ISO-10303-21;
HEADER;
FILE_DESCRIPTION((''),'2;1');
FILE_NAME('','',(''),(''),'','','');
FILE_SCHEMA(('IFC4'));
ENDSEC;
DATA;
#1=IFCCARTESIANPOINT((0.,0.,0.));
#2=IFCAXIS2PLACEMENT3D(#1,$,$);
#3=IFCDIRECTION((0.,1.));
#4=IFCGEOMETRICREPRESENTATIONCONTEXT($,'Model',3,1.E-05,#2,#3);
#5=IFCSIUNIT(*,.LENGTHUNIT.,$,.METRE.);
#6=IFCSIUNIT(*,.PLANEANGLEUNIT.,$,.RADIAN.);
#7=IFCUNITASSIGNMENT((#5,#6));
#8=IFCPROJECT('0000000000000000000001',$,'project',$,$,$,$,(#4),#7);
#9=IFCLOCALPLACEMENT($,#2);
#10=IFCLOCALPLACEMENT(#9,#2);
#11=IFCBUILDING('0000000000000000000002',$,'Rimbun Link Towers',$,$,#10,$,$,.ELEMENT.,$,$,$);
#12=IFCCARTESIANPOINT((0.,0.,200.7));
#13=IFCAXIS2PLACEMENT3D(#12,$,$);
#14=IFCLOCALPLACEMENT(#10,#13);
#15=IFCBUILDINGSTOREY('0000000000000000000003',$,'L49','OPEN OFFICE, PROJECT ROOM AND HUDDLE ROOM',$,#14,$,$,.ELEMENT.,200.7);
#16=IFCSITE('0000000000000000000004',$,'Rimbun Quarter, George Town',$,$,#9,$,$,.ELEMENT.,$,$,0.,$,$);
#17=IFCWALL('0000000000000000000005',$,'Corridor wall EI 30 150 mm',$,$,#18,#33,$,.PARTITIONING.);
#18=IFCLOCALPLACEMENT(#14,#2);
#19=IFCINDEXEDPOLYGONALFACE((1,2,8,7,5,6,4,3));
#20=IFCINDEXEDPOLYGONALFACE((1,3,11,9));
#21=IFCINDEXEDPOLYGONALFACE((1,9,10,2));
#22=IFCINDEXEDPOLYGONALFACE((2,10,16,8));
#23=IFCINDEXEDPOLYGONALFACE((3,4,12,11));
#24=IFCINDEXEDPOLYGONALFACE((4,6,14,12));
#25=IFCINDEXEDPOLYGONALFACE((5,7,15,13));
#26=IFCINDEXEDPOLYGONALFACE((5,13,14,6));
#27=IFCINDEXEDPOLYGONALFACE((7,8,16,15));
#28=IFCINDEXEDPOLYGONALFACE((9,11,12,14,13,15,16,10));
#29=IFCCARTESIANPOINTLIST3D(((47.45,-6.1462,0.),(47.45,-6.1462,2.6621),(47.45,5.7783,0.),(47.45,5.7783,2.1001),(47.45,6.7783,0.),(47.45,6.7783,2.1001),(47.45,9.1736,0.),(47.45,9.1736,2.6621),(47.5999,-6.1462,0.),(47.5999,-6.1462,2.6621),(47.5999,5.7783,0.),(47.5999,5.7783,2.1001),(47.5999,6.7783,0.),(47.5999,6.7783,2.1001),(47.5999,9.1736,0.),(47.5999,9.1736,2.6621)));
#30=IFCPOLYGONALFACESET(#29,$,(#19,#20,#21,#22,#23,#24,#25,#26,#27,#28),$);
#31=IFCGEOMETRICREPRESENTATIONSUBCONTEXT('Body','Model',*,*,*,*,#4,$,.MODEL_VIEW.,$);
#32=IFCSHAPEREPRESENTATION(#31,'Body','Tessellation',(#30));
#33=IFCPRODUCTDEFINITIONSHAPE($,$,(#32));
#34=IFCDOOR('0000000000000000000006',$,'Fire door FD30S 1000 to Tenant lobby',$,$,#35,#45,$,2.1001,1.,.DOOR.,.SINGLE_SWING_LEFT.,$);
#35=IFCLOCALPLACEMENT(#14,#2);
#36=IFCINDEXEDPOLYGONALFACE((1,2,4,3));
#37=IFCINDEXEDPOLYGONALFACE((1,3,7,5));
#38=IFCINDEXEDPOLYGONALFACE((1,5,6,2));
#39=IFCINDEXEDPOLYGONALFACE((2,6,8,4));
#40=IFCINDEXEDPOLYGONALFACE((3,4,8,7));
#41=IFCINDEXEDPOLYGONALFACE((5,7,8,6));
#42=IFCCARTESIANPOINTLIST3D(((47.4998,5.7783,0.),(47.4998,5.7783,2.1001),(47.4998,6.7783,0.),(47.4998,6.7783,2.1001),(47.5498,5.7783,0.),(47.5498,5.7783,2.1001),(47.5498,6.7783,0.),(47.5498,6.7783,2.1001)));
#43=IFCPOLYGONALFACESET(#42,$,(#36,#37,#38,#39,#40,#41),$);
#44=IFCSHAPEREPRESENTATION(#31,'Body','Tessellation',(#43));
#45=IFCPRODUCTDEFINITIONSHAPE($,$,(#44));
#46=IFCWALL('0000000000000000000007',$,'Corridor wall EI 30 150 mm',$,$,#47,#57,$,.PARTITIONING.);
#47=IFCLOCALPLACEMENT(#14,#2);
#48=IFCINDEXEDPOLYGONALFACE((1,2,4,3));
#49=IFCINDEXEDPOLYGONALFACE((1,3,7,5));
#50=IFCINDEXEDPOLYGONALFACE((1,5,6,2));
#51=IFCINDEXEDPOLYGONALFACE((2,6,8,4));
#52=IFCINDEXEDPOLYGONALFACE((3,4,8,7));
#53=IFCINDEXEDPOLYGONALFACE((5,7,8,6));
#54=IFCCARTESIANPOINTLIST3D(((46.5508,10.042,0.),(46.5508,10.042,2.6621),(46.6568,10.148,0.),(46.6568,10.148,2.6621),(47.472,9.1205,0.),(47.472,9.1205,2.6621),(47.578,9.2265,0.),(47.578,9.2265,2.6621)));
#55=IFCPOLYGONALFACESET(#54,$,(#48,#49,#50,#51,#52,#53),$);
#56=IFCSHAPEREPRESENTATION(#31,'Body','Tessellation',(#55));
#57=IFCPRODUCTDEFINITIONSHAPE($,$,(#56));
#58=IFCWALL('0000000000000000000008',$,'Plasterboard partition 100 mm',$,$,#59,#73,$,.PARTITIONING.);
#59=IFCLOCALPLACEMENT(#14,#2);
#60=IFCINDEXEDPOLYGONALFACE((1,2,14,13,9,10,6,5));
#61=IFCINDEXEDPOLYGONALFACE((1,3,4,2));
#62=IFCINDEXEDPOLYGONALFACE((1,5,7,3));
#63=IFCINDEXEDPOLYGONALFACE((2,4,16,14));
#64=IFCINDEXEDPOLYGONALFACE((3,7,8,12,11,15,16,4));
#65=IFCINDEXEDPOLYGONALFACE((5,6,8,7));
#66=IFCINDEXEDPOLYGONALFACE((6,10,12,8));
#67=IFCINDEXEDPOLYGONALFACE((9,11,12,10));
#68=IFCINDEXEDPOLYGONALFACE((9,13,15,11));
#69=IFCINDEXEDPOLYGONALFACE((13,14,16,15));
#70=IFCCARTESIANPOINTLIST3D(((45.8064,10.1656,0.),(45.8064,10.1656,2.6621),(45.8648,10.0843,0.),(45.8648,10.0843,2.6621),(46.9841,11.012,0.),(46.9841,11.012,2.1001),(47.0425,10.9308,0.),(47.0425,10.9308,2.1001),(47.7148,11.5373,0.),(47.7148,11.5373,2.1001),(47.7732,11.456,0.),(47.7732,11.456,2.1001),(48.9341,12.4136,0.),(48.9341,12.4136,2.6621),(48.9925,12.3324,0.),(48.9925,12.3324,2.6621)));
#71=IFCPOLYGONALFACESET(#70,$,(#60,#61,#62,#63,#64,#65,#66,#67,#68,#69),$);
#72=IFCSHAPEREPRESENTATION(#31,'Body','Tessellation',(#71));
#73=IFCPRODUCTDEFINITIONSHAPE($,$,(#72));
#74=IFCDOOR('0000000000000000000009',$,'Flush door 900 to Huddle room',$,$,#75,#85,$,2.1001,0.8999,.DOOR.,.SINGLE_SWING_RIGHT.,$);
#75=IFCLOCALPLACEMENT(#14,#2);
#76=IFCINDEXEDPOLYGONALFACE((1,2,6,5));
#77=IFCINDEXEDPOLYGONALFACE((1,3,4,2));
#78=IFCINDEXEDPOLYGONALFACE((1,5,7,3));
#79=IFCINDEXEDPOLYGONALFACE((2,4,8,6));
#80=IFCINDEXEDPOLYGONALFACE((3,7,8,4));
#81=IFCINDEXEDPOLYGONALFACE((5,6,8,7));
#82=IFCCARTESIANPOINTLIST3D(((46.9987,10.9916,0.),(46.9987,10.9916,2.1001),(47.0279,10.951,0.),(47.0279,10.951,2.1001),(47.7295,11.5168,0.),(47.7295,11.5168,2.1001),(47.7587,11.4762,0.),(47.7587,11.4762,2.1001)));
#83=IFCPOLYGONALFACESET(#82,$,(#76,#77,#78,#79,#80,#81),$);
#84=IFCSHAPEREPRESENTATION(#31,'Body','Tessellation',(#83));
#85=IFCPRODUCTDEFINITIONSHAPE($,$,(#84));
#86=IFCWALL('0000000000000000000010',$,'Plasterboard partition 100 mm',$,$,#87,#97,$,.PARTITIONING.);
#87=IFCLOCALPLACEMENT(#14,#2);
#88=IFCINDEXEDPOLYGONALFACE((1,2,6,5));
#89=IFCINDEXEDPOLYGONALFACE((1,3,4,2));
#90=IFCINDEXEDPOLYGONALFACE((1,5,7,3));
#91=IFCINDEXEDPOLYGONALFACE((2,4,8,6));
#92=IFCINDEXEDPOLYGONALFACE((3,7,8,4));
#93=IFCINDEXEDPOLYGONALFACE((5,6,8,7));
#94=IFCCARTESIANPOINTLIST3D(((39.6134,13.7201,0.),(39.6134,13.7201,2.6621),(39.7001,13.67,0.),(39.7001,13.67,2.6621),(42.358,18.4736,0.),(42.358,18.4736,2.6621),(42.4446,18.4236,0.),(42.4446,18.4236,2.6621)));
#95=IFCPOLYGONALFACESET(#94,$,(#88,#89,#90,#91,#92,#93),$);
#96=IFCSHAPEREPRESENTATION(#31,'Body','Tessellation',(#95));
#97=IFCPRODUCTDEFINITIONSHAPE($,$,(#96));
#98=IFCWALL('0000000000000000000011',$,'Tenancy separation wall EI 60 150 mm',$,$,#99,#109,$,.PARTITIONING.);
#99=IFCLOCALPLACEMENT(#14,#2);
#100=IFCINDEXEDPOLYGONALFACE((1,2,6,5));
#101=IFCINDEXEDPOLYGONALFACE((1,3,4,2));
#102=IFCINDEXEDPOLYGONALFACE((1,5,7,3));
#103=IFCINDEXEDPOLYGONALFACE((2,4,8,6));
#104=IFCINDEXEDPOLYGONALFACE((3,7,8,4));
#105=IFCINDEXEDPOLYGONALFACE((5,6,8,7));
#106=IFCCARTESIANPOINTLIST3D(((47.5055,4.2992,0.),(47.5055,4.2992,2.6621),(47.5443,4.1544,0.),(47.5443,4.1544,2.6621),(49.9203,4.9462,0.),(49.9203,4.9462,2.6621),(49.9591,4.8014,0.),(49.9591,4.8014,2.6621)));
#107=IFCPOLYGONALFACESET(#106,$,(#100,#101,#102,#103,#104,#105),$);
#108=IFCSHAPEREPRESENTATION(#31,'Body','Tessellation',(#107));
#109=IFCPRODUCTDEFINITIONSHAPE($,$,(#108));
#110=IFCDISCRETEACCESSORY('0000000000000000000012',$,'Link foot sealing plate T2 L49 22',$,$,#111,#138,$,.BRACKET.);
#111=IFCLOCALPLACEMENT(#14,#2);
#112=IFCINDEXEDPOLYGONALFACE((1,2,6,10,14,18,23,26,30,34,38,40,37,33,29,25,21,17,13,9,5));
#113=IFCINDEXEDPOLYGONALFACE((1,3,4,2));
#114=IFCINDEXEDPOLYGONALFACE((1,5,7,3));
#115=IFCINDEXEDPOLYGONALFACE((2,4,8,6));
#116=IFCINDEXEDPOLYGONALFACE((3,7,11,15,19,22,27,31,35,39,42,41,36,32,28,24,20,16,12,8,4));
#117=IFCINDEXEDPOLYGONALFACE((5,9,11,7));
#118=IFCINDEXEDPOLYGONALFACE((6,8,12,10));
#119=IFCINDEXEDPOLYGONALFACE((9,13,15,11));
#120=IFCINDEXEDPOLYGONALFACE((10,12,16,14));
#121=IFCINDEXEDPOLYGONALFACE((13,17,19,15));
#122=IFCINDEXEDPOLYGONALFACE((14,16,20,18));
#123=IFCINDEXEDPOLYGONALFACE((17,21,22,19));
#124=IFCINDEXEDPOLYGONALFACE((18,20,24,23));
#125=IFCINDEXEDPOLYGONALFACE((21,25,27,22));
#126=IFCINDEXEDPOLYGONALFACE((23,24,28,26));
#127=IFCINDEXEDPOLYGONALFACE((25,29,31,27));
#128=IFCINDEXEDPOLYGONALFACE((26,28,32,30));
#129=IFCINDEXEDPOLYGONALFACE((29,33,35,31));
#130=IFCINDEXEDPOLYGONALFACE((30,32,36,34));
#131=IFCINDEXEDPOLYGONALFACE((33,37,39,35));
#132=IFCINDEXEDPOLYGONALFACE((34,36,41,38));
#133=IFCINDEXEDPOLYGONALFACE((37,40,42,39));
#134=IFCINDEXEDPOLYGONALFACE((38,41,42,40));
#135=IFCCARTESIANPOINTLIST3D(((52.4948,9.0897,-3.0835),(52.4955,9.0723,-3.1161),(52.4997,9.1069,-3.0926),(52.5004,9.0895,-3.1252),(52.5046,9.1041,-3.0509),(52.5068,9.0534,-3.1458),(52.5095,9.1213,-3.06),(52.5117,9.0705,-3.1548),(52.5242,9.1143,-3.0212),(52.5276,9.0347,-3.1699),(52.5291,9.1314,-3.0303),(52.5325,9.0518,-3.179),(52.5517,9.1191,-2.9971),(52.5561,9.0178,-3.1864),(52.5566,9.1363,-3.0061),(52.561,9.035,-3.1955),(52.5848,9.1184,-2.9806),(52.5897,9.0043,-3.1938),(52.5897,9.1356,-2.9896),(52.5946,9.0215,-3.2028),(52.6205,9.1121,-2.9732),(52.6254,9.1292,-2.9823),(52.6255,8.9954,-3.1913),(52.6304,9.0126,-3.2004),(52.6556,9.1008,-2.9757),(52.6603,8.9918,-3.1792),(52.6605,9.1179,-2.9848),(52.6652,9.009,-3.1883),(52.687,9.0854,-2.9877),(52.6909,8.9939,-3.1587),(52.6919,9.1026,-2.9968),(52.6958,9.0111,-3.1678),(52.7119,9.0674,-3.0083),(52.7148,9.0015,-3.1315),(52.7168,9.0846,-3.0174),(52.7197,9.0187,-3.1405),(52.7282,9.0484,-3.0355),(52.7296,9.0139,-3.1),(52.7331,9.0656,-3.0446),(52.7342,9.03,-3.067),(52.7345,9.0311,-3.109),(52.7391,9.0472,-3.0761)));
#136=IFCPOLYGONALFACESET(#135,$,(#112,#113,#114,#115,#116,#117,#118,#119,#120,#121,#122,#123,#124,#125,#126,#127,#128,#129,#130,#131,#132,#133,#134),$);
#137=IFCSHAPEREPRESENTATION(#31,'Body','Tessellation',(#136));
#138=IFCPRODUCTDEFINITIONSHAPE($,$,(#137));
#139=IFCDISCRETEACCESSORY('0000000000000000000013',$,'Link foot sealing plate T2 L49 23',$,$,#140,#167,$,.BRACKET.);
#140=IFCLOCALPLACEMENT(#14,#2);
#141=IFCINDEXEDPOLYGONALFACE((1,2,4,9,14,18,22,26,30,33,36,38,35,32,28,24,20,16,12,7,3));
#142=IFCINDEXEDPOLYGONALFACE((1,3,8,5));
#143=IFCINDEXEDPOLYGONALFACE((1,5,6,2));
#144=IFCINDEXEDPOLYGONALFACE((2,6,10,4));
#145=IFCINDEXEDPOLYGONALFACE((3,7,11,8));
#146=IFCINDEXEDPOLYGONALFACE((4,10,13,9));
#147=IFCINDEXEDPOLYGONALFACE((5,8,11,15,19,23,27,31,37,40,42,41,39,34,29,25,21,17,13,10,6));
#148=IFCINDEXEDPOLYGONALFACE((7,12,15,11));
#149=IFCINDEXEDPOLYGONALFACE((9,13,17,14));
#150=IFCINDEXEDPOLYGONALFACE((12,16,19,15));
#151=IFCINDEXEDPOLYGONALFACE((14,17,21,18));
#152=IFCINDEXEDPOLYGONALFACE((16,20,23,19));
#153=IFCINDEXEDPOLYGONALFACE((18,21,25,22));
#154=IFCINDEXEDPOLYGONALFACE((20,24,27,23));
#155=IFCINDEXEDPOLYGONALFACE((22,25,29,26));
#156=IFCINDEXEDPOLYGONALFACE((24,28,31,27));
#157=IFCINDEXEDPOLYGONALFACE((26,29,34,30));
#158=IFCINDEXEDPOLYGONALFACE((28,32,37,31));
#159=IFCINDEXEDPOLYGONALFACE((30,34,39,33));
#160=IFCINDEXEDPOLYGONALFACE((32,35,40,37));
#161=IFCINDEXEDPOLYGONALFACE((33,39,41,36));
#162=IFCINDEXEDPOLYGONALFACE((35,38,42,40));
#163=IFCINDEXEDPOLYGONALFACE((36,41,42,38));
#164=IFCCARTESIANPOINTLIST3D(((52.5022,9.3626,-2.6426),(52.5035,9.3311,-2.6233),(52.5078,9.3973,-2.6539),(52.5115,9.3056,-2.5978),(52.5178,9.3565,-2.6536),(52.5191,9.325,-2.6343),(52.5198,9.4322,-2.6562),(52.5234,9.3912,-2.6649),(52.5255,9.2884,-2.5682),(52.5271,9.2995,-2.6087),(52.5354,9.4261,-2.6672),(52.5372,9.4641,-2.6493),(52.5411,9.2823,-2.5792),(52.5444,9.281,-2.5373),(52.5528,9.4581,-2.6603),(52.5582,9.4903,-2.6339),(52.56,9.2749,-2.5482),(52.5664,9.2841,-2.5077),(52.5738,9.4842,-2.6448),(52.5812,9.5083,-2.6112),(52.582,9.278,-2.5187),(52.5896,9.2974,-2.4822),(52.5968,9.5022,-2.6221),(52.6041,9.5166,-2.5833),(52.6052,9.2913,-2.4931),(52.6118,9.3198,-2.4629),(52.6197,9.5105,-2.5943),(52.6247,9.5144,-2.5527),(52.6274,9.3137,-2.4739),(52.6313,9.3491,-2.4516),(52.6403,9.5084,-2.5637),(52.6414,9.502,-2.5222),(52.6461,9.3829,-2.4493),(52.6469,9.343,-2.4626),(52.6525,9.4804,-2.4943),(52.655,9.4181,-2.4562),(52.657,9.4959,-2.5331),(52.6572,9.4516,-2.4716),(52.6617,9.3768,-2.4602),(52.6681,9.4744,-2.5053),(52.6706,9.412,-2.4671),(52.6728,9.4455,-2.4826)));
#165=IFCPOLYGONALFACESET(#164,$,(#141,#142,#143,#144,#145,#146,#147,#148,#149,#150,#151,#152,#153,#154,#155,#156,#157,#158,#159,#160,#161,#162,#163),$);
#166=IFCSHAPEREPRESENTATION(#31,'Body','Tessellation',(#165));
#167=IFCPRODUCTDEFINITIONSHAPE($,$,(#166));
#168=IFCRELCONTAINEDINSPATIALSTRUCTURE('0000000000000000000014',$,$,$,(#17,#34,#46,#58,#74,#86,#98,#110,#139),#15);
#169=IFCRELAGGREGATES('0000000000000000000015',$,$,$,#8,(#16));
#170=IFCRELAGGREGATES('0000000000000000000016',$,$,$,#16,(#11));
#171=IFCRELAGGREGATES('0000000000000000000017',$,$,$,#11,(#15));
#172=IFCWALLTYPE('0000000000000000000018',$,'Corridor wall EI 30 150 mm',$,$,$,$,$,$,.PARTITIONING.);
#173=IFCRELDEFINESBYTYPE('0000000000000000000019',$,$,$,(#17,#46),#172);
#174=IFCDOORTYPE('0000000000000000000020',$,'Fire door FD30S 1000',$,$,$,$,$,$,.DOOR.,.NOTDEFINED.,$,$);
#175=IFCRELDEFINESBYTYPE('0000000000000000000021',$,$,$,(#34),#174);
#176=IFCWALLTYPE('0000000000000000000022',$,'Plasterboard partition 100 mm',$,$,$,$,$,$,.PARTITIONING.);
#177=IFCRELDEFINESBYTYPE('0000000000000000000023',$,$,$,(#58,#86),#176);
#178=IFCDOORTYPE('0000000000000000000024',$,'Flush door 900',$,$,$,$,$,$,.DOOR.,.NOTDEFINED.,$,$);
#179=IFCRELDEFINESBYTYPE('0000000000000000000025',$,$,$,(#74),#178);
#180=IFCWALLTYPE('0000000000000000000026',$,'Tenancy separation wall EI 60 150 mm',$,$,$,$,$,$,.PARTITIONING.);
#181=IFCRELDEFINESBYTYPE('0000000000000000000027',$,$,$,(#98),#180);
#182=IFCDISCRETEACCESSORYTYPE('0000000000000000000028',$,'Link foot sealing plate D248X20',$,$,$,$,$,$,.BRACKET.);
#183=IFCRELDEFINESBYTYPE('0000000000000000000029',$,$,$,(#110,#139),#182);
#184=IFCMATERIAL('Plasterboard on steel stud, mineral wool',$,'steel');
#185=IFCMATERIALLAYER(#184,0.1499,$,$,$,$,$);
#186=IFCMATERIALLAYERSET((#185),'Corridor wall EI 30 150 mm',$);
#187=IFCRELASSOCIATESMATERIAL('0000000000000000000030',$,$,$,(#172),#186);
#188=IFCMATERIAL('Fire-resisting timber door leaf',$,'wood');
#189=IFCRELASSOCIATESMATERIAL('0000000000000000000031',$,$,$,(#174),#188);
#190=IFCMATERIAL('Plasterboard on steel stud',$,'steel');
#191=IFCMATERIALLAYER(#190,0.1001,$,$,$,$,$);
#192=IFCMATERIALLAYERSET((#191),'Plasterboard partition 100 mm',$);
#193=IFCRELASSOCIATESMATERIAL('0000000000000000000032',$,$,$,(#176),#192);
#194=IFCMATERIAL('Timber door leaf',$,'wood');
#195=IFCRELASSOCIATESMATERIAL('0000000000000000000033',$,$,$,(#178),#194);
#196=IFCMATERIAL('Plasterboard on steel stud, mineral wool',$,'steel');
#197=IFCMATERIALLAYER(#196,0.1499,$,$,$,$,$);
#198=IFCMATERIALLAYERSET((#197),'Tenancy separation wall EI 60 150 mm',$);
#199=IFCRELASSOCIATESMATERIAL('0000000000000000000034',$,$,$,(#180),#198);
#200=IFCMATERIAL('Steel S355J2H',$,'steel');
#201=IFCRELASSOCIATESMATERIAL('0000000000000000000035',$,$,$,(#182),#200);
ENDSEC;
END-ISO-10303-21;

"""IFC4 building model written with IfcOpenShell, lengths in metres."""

from ifc_helpers import new_model, si_unit, direction, frame, frame_2d, origin, origin_2d, place, context, subcontext, project, spatial, rectangle, circle, extrude, material, layer, layer_set, material_profile, profile_set, type_object, element, fill, save


model = new_model("IFC4")

# Units and contexts
model_context = context("Model", 3, precision=1e-05, world=origin(), true_north=direction((0.0, 1.0)))
body_context = subcontext(model_context, "Body", "Model", "MODEL_VIEW")
ifc_project = project(units=[si_unit("LENGTHUNIT", "METRE"), si_unit("PLANEANGLEUNIT", "RADIAN")], contexts=[model_context])

# Site, building, storey
site_placement = place(None, origin())
site = spatial("IfcSite", under=ifc_project, at=site_placement, Name="Rimbun Quarter, George Town", CompositionType="ELEMENT", RefElevation=0.0)
building_placement = place(site_placement, origin())
building = spatial("IfcBuilding", under=site, at=building_placement, Name="Rimbun Link Towers", CompositionType="ELEMENT")
storey_placement = place(building_placement, frame((0.0, 0.0, 200.7)))
storey = spatial("IfcBuildingStorey", under=building, at=storey_placement, Name="L49", Description="OPEN OFFICE, PROJECT ROOM AND HUDDLE ROOM", CompositionType="ELEMENT", Elevation=200.7)

# Wall, opening, door
ifc_material_1 = material(Name="Plasterboard on steel stud, mineral wool", Category="steel")
ifc_layer_1 = layer(ifc_material_1, 0.1499)
ifc_layer_set_1 = layer_set([ifc_layer_1], Name="Corridor wall EI 30 150 mm")
wall_type_1 = type_object("IfcWallType", Name="Corridor wall EI 30 150 mm", PredefinedType="PARTITIONING", material=ifc_layer_set_1)
wall_1_placement = place(storey_placement, frame((47.5249, 9.1736, 0.0), z_axis=(0.0, 0.0, 1.0), x_axis=(0.0, -1.0, 0.0)))
wall_1 = element("IfcWall", 1, at=wall_1_placement, inside=storey, type_object=wall_type_1, Name="Corridor wall EI 30 150 mm", PredefinedType="PARTITIONING", context=body_context, shape_type="SweptSolid", body=[
    extrude(rectangle(XDim=15.3198, YDim=0.1499, at=frame_2d((7.6599, 0.0))), origin(), (0.0, 0.0, 1.0), 2.6621),
])
opening_1_placement = place(wall_1_placement, frame((2.3953, 0.0, 0.0)))
opening_1 = element("IfcOpeningElement", 2, at=opening_1_placement, cuts=wall_1, PredefinedType="OPENING", context=body_context, shape_type="SweptSolid", body=[
    extrude(rectangle(XDim=1.0, YDim=2.1001, at=frame_2d((0.5, 1.05))), frame((0.0, 0.085, 0.0), z_axis=(0.0, -1.0, 0.0), x_axis=(1.0, 0.0, 0.0)), (0.0, 0.0, 1.0), 0.1699),
])
ifc_material_2 = material(Name="Fire-resisting timber door leaf", Category="wood")
door_type_1 = type_object("IfcDoorType", Name="Fire door FD30S 1000", OperationType="NOTDEFINED", PredefinedType="DOOR", material=ifc_material_2)
door_1_placement = place(opening_1_placement, origin())
door_1 = element("IfcDoor", 3, at=door_1_placement, inside=storey, type_object=door_type_1, Name="Fire door FD30S 1000 to Tenant lobby", OperationType="SINGLE_SWING_LEFT", OverallHeight=2.1001, OverallWidth=1.0, PredefinedType="DOOR", context=body_context, shape_type="SweptSolid", body=[
    extrude(rectangle(XDim=1.0, YDim=2.1001, at=frame_2d((0.5, 1.05))), frame((0.0, 0.0249, 0.0), z_axis=(0.0, -1.0, 0.0), x_axis=(1.0, 0.0, 0.0)), (0.0, 0.0, 1.0), 0.05),
])
fill(opening_1, door_1)

# Wall
wall_2_placement = place(storey_placement, frame((47.5249, 9.1736, 0.0), z_axis=(0.0, 0.0, 1.0), x_axis=(-0.707013, 0.7072, 0.0)))
element("IfcWall", 4, at=wall_2_placement, inside=storey, type_object=wall_type_1, Name="Corridor wall EI 30 150 mm", PredefinedType="PARTITIONING", context=body_context, shape_type="SweptSolid", body=[
    extrude(rectangle(XDim=1.303, YDim=0.1499, at=frame_2d((0.6514, 0.0))), origin(), (0.0, 0.0, 1.0), 2.6621),
])

# Wall, opening, door
ifc_material_3 = material(Name="Plasterboard on steel stud", Category="steel")
ifc_layer_2 = layer(ifc_material_3, 0.1001)
ifc_layer_set_2 = layer_set([ifc_layer_2], Name="Plasterboard partition 100 mm")
wall_type_2 = type_object("IfcWallType", Name="Plasterboard partition 100 mm", PredefinedType="PARTITIONING", material=ifc_layer_set_2)
wall_3_placement = place(storey_placement, frame((45.8357, 10.125, 0.0), z_axis=(0.0, 0.0, 1.0), x_axis=(0.812013, 0.58364, 0.0)))
wall_3 = element("IfcWall", 5, at=wall_3_placement, inside=storey, type_object=wall_type_2, Name="Plasterboard partition 100 mm", PredefinedType="PARTITIONING", context=body_context, shape_type="SweptSolid", body=[
    extrude(rectangle(XDim=3.8518, YDim=0.1001, at=frame_2d((1.9258, 0.0))), origin(), (0.0, 0.0, 1.0), 2.6621),
])
opening_2_placement = place(wall_3_placement, frame((1.4502, 0.0, 0.0)))
opening_2 = element("IfcOpeningElement", 6, at=opening_2_placement, cuts=wall_3, PredefinedType="OPENING", context=body_context, shape_type="SweptSolid", body=[
    extrude(rectangle(XDim=0.8999, YDim=2.1001, at=frame_2d((0.45, 1.05))), frame((0.0, 0.0601, 0.0), z_axis=(0.0, -1.0, 0.0), x_axis=(1.0, 0.0, 0.0)), (0.0, 0.0, 1.0), 0.1201),
])
ifc_material_4 = material(Name="Timber door leaf", Category="wood")
door_type_2 = type_object("IfcDoorType", Name="Flush door 900", OperationType="NOTDEFINED", PredefinedType="DOOR", material=ifc_material_4)
door_2_placement = place(opening_2_placement, origin())
door_2 = element("IfcDoor", 7, at=door_2_placement, inside=storey, type_object=door_type_2, Name="Flush door 900 to Huddle room", OperationType="SINGLE_SWING_RIGHT", OverallHeight=2.1001, OverallWidth=0.8999, PredefinedType="DOOR", context=body_context, shape_type="SweptSolid", body=[
    extrude(rectangle(XDim=0.8999, YDim=2.1001, at=frame_2d((0.45, 1.05))), frame((0.0, 0.0249, 0.0), z_axis=(0.0, -1.0, 0.0), x_axis=(1.0, 0.0, 0.0)), (0.0, 0.0, 1.0), 0.05),
])
fill(opening_2, door_2)

# Walls
wall_4_placement = place(storey_placement, frame((42.4014, 18.4487, 0.0), z_axis=(0.0, 0.0, 1.0), x_axis=(-0.500014, -0.866017, 0.0)))
element("IfcWall", 8, at=wall_4_placement, inside=storey, type_object=wall_type_2, Name="Plasterboard partition 100 mm", PredefinedType="PARTITIONING", context=body_context, shape_type="SweptSolid", body=[
    extrude(rectangle(XDim=5.489, YDim=0.1001, at=frame_2d((2.7446, 0.0))), origin(), (0.0, 0.0, 1.0), 2.6621),
])
ifc_material_5 = material(Name="Plasterboard on steel stud, mineral wool", Category="steel")
ifc_layer_3 = layer(ifc_material_5, 0.1499)
ifc_layer_set_3 = layer_set([ifc_layer_3], Name="Tenancy separation wall EI 60 150 mm")
wall_type_3 = type_object("IfcWallType", Name="Tenancy separation wall EI 60 150 mm", PredefinedType="PARTITIONING", material=ifc_layer_set_3)
wall_5_placement = place(storey_placement, frame((47.5249, 4.2268, 0.0), z_axis=(0.0, 0.0, 1.0), x_axis=(0.965933, 0.258793, 0.0)))
element("IfcWall", 9, at=wall_5_placement, inside=storey, type_object=wall_type_3, Name="Tenancy separation wall EI 60 150 mm", PredefinedType="PARTITIONING", context=body_context, shape_type="SweptSolid", body=[
    extrude(rectangle(XDim=2.5, YDim=0.1499, at=frame_2d((1.25, 0.0))), origin(), (0.0, 0.0, 1.0), 2.6621),
])

# Discrete accessories
ifc_material_6 = material(Name="Steel S355J2H", Category="steel")
ifc_material_profile_1 = material_profile(ifc_material_6, circle(Radius=0.124, at=origin_2d()), Name="PL D248")
ifc_profile_set_1 = profile_set([ifc_material_profile_1], Name="Steel S355J2H")
discrete_accessory_type = type_object("IfcDiscreteAccessoryType", Name="Link foot sealing plate D248X20", PredefinedType="BRACKET", material=ifc_profile_set_1)
for number, where, z_axis, x_axis, name in (
    (10, (52.614, 9.0557, -3.0835), (0.244906, 0.857171, -0.453076), (-0.961524, 0.274721, 0.0), "Link foot sealing plate T2 L49 22"),
    (11, (52.5796, 9.3989, -2.5527), (0.779214, -0.304381, -0.547885), (0.363851, 0.931457, 0.0), "Link foot sealing plate T2 L49 23"),
):
    element("IfcDiscreteAccessory", number, at=place(storey_placement, frame(where, z_axis=z_axis, x_axis=x_axis)), inside=storey, type_object=discrete_accessory_type, Name=name, PredefinedType="BRACKET", context=body_context, shape_type="SweptSolid", body=[
        extrude(circle(Radius=0.124, at=origin_2d()), origin(), (0.0, 0.0, 1.0), 0.02),
    ])

save(model, "model.ifc")
